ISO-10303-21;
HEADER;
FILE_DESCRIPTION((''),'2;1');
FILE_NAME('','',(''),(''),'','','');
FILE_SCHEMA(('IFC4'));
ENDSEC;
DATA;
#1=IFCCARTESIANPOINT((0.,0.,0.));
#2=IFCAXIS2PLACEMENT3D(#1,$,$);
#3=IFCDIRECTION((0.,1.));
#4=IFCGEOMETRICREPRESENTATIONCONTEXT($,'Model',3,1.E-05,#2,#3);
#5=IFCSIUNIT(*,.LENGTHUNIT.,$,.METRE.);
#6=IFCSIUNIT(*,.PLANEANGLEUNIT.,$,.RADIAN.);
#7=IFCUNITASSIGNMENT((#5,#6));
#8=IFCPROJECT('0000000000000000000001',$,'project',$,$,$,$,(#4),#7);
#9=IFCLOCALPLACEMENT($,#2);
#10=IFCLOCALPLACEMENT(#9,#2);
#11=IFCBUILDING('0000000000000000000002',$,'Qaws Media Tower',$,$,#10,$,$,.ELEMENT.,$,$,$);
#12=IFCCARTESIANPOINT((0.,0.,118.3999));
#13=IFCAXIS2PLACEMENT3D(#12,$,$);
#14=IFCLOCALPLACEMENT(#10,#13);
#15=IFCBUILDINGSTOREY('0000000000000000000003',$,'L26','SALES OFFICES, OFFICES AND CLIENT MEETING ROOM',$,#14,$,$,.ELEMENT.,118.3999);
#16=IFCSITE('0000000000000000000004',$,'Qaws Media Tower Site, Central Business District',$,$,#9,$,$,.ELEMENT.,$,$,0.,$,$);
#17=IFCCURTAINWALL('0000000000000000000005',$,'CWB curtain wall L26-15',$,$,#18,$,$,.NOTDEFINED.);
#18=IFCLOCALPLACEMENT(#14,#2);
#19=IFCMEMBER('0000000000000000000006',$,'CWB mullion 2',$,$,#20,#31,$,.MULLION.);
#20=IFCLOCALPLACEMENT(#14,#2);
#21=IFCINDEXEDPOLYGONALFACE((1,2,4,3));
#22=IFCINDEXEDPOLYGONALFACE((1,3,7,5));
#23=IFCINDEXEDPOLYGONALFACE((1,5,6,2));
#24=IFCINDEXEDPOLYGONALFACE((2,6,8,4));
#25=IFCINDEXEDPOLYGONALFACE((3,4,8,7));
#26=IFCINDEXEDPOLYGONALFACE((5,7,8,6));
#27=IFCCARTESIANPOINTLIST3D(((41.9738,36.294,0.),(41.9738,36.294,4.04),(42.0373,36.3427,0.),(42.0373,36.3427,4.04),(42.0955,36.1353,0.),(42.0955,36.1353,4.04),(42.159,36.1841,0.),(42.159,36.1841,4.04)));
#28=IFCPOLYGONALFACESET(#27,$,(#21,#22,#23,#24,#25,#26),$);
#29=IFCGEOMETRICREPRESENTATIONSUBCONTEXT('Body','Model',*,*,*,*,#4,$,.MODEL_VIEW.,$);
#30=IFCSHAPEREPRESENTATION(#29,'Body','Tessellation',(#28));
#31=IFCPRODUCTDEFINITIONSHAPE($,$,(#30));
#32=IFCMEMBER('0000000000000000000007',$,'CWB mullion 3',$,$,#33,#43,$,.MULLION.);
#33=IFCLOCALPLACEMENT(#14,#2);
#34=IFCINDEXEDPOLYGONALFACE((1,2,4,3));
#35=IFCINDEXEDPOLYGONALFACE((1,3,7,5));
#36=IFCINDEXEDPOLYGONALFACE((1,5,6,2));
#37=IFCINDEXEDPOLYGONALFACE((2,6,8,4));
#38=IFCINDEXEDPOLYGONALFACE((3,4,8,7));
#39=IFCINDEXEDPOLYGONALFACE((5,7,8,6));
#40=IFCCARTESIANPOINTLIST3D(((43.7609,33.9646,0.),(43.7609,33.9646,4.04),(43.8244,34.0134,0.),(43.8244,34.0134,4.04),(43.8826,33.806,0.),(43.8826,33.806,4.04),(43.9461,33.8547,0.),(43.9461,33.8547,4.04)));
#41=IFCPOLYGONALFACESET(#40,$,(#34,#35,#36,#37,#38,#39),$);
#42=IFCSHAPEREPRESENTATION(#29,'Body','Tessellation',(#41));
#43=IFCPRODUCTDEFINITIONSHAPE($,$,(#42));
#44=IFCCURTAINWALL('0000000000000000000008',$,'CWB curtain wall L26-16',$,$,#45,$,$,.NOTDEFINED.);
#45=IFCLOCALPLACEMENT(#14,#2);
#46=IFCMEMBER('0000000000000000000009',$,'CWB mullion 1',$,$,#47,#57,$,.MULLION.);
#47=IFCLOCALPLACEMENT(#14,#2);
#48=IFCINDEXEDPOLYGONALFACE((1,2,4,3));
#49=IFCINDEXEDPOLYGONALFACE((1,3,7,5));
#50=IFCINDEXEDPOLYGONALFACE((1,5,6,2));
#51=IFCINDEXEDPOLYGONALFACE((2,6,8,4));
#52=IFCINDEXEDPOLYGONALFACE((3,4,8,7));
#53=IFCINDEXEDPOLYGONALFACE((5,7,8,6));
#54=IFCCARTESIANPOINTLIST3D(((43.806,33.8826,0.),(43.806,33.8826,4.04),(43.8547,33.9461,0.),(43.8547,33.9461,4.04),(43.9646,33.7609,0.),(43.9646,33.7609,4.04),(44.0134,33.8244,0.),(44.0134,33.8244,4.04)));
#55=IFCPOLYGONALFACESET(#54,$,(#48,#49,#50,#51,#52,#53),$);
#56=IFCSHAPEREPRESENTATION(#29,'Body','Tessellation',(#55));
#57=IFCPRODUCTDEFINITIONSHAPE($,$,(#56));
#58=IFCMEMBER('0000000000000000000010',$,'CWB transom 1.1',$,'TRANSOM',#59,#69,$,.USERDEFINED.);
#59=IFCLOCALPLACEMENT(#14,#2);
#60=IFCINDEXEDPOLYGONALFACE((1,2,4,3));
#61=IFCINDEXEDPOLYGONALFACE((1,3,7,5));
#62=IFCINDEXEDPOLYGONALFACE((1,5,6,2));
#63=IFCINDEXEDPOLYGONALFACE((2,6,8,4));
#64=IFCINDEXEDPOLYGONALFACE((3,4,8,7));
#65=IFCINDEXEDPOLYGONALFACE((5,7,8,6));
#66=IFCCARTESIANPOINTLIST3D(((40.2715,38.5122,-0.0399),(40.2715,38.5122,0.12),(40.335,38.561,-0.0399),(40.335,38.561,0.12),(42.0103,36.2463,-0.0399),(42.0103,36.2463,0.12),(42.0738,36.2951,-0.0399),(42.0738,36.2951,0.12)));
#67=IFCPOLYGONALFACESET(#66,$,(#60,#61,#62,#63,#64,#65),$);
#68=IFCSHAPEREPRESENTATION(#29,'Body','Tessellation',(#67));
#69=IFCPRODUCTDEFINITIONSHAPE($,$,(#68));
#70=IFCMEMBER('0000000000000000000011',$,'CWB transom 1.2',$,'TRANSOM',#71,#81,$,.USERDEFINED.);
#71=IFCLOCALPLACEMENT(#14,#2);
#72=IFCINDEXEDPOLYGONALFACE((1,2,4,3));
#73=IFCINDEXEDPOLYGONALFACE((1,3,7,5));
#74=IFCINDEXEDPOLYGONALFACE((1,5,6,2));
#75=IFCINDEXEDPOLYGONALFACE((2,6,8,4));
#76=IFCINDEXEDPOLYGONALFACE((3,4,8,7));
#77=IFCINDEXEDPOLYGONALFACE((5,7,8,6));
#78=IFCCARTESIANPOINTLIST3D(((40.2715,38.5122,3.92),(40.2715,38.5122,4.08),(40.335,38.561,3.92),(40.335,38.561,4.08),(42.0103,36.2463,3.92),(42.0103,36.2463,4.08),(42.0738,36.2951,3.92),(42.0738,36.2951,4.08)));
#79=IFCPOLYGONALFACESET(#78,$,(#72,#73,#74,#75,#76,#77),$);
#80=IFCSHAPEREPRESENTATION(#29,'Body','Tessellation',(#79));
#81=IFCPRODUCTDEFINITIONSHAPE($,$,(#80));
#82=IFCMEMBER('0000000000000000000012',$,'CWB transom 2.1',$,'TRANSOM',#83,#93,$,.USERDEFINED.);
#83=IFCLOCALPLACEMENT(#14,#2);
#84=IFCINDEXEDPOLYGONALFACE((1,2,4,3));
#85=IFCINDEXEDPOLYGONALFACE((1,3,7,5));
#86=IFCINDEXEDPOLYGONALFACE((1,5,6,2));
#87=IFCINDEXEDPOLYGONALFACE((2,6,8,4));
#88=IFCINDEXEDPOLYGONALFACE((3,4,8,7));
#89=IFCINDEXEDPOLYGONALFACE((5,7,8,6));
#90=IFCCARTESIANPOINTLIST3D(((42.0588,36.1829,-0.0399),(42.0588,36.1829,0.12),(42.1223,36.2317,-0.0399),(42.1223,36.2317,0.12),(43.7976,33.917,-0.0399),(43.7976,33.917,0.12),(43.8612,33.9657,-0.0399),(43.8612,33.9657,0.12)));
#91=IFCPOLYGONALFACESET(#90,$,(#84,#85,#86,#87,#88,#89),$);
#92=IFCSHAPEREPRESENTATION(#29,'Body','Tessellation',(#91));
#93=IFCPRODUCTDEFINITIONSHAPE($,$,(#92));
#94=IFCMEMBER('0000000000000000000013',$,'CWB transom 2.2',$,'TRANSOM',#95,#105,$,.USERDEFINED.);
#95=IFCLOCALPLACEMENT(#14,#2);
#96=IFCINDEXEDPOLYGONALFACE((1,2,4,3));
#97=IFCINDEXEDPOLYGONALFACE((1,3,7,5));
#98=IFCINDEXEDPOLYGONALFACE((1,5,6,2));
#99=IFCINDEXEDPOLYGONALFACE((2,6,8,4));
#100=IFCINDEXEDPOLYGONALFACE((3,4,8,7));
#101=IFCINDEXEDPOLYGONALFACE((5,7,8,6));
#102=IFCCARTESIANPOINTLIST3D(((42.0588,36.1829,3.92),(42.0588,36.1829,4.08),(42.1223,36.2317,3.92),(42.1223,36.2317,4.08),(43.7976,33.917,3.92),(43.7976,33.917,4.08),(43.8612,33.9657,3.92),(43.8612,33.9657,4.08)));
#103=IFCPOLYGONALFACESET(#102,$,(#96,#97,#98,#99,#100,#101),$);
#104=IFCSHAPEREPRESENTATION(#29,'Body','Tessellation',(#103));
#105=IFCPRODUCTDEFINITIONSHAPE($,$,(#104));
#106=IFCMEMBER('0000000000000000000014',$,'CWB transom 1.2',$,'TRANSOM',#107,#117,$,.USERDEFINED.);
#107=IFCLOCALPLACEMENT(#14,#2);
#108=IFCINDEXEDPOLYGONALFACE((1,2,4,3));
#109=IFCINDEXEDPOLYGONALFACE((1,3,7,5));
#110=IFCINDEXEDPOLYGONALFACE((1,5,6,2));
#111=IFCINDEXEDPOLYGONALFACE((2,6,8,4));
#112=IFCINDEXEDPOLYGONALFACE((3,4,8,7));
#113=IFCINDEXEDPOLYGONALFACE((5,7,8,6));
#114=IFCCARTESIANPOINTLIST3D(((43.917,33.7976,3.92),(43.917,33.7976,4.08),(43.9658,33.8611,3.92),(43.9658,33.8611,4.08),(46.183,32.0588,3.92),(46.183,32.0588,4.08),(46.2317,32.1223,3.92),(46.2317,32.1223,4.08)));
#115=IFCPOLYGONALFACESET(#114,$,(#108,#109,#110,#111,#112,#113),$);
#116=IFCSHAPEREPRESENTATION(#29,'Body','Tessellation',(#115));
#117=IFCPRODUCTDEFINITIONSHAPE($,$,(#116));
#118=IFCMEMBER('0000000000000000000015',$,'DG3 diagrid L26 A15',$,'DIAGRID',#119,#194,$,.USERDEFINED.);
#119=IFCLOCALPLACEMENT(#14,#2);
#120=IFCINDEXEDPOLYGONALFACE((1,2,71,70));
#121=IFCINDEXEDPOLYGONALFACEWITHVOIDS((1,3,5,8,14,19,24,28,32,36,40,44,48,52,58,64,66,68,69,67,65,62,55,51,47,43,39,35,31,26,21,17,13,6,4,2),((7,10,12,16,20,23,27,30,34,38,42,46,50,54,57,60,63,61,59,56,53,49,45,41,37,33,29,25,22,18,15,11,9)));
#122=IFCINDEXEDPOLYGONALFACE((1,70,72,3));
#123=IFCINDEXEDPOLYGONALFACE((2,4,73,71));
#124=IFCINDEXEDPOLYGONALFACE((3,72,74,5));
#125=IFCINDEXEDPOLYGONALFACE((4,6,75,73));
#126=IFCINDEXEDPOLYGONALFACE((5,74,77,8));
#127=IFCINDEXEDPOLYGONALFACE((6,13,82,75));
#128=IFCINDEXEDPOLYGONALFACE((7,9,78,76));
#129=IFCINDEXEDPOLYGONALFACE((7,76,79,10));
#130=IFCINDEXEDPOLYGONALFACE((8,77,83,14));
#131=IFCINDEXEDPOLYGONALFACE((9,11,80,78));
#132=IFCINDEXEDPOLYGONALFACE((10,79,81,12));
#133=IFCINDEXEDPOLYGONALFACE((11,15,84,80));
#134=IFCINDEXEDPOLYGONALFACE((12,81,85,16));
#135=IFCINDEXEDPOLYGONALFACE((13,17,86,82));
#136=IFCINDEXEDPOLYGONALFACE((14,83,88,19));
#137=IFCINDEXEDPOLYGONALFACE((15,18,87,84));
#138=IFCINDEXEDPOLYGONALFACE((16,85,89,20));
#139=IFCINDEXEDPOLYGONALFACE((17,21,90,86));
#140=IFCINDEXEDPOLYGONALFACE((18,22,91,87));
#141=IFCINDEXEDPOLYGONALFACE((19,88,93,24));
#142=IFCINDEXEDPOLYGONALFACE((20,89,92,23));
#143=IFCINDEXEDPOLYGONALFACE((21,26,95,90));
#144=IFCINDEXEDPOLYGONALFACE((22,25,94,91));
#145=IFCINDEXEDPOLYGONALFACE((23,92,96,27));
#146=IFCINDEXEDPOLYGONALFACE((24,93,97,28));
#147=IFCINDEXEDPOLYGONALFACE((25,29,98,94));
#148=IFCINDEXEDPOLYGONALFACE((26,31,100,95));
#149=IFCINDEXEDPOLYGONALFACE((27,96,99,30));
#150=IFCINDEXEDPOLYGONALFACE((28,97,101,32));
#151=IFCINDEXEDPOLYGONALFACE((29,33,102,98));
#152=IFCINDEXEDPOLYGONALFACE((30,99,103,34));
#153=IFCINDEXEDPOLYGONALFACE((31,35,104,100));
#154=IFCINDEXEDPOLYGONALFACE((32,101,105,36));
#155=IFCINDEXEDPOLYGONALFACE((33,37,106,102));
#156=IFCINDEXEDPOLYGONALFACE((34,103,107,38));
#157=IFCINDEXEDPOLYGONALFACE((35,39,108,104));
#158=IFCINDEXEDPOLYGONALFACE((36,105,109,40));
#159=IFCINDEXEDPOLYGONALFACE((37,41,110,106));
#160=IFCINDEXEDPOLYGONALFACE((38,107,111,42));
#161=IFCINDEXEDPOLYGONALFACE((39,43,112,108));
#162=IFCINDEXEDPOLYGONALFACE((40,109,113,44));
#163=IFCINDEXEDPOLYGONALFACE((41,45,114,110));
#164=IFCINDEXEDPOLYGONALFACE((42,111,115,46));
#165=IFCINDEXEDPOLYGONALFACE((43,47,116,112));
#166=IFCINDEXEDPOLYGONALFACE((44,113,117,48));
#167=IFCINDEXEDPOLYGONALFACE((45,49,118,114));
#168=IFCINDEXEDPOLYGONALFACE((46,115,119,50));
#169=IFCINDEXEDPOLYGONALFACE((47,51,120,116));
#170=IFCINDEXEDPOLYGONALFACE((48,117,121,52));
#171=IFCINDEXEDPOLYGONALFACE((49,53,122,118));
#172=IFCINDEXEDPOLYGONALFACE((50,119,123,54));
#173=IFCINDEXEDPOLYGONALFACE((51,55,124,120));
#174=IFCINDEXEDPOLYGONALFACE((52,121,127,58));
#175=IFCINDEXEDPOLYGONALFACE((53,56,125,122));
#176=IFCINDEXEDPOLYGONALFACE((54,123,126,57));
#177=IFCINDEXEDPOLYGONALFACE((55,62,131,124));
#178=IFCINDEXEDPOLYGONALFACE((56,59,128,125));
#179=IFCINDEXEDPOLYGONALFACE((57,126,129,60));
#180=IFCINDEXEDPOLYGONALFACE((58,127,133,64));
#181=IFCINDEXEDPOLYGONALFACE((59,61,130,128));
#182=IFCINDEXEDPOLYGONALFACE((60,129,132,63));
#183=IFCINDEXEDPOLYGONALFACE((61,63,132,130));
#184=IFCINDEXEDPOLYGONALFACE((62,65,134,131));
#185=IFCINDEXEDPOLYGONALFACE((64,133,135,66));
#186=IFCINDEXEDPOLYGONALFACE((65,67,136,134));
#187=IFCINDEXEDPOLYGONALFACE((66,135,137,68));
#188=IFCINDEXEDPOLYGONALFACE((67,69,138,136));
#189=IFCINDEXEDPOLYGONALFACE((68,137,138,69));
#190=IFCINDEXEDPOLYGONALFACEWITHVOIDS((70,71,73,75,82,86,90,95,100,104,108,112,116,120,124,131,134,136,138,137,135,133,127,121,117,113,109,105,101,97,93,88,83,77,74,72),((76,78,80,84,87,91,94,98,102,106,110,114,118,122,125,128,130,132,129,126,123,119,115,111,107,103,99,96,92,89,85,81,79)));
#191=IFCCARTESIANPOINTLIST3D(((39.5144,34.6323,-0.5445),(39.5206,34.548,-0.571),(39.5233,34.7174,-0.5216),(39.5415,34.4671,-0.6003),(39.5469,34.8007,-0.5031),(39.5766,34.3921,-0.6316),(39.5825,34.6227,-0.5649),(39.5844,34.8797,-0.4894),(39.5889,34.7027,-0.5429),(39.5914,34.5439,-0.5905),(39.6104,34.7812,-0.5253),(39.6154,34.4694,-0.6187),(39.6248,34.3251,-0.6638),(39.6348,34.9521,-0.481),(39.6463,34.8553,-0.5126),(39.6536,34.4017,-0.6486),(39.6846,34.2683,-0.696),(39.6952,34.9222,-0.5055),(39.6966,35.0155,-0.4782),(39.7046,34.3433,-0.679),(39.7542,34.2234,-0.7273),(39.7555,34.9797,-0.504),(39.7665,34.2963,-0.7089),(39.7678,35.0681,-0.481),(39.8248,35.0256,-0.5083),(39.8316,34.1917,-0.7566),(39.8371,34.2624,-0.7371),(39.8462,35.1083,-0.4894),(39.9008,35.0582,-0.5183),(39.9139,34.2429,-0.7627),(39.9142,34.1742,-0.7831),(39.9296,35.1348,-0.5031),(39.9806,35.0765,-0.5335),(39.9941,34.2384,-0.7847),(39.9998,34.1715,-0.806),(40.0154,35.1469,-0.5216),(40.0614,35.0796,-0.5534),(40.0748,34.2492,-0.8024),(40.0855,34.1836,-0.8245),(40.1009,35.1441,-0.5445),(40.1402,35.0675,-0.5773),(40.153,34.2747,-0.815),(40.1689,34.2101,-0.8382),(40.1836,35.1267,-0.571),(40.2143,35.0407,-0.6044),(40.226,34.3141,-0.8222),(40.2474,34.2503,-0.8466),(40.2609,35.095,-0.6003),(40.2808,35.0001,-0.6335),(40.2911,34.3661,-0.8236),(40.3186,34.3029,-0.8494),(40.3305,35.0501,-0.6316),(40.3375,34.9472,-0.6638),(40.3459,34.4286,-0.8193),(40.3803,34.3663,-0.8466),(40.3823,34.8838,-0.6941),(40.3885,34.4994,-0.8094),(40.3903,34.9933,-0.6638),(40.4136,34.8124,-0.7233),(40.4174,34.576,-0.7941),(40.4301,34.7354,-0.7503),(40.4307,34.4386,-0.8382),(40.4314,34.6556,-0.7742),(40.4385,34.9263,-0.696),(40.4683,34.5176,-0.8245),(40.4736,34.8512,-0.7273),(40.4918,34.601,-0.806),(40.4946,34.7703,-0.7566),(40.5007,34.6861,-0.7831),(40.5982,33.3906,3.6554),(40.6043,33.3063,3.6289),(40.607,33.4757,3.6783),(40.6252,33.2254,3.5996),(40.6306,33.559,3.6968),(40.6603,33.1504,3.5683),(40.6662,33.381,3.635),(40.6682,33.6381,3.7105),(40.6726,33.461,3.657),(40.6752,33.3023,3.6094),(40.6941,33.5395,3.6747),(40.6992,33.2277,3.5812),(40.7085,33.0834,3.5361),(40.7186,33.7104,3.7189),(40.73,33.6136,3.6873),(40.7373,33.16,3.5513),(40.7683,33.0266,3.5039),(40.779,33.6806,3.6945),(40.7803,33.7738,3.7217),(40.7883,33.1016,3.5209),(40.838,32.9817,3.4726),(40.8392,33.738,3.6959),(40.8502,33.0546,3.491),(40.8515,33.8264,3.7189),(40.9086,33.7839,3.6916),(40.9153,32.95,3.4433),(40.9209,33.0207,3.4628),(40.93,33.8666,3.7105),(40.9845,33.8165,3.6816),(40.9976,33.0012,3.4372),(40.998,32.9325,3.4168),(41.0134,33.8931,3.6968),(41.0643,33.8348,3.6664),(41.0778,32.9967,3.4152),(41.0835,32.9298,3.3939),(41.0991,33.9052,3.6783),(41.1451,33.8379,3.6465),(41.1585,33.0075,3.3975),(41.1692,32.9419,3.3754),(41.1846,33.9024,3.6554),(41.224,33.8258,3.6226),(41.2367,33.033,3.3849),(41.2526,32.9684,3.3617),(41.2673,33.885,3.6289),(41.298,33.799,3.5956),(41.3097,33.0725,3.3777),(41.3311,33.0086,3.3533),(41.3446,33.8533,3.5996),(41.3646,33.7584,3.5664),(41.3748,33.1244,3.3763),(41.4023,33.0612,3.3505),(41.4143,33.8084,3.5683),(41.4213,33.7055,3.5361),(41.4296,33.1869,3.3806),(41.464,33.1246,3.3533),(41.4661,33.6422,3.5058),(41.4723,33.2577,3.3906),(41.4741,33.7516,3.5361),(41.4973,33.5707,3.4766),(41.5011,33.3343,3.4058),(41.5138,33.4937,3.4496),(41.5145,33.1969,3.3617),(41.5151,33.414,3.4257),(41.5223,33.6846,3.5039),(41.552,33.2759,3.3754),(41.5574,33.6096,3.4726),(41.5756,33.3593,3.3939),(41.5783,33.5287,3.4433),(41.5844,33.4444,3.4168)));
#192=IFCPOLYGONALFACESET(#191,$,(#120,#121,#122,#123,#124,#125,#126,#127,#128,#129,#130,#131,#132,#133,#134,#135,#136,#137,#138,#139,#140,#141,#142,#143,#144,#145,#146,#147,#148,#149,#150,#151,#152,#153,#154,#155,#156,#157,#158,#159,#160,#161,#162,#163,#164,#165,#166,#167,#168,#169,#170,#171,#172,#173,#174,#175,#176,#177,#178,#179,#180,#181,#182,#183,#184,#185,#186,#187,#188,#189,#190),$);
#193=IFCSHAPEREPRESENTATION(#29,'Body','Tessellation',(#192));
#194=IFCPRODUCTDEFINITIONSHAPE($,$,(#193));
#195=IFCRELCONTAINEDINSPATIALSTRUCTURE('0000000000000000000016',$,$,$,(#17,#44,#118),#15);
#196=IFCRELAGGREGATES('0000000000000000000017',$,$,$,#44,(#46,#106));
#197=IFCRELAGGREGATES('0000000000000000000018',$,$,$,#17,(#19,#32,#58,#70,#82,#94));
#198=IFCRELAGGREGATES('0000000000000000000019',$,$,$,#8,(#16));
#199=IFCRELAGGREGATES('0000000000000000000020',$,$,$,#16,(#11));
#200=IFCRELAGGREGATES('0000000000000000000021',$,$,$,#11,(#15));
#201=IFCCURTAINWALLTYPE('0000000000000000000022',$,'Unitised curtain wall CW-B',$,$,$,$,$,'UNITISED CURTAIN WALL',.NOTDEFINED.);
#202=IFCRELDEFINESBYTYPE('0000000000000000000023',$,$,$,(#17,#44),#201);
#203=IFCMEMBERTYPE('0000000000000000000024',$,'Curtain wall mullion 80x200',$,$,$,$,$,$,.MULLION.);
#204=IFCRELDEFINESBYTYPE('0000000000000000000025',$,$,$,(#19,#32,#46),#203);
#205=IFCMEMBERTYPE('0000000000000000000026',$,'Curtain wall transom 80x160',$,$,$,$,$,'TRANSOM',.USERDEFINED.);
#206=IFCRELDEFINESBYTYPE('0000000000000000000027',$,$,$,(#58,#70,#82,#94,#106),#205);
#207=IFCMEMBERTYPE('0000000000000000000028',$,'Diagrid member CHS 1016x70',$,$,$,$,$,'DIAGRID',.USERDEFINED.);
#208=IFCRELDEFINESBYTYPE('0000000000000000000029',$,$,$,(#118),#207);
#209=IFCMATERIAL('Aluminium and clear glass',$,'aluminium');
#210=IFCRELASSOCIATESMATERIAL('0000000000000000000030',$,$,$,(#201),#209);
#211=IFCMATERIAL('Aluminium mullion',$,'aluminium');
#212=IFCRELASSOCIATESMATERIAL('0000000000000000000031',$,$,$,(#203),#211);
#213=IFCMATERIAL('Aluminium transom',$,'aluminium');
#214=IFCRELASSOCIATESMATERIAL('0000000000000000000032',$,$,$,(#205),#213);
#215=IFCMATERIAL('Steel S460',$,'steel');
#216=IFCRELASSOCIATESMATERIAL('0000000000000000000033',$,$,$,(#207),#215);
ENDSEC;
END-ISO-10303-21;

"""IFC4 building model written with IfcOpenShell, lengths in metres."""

from ifc_helpers import new_model, si_unit, direction, frame, origin, origin_2d, place, context, subcontext, project, spatial, rectangle, hollow_circle, extrude, material, material_profile, profile_set, type_object, element, aggregate, save


model = new_model("IFC4")

# Units and contexts
model_context = context("Model", 3, precision=1e-05, world=origin(), true_north=direction((0.0, 1.0)))
body_context = subcontext(model_context, "Body", "Model", "MODEL_VIEW")
ifc_project = project(units=[si_unit("LENGTHUNIT", "METRE"), si_unit("PLANEANGLEUNIT", "RADIAN")], contexts=[model_context])

# Site, building, storey
site_placement = place(None, origin())
site = spatial("IfcSite", under=ifc_project, at=site_placement, Name="Qaws Media Tower Site, Central Business District", CompositionType="ELEMENT", RefElevation=0.0)
building_placement = place(site_placement, origin())
building = spatial("IfcBuilding", under=site, at=building_placement, Name="Qaws Media Tower", CompositionType="ELEMENT")
storey_placement = place(building_placement, frame((0.0, 0.0, 118.3999)))
storey = spatial("IfcBuildingStorey", under=building, at=storey_placement, Name="L26", Description="SALES OFFICES, OFFICES AND CLIENT MEETING ROOM", CompositionType="ELEMENT", Elevation=118.3999)

# Shared definitions
ifc_material_1 = material(Name="Aluminium and clear glass", Category="aluminium")
curtain_wall_type = type_object("IfcCurtainWallType", Name="Unitised curtain wall CW-B", ElementType="UNITISED CURTAIN WALL", PredefinedType="NOTDEFINED", material=ifc_material_1)
ifc_material_2 = material(Name="Aluminium mullion", Category="aluminium")
ifc_material_profile_1 = material_profile(ifc_material_2, rectangle(XDim=0.0801, YDim=0.2, at=origin_2d()), Name="80x200")
ifc_profile_set_1 = profile_set([ifc_material_profile_1], Name="Aluminium mullion")
member_type_1 = type_object("IfcMemberType", Name="Curtain wall mullion 80x200", PredefinedType="MULLION", material=ifc_profile_set_1)

# Curtain wall, members
curtain_wall_1_placement = place(storey_placement, origin())
curtain_wall_1 = element("IfcCurtainWall", 1, at=curtain_wall_1_placement, inside=storey, type_object=curtain_wall_type, Name="CWB curtain wall L26-15", PredefinedType="NOTDEFINED")
member_1_placement = place(storey_placement, frame((42.0664, 36.239, 0.0), z_axis=(0.0, 0.0, 1.0), x_axis=(0.793353, 0.608761, 0.0)))
member_1 = element("IfcMember", 2, at=member_1_placement, type_object=member_type_1, Name="CWB mullion 2", PredefinedType="MULLION", context=body_context, shape_type="SweptSolid", body=[
    extrude(rectangle(XDim=0.0801, YDim=0.2, at=origin_2d()), origin(), (0.0, 0.0, 1.0), 4.04),
])
member_2_placement = place(storey_placement, frame((43.8535, 33.9097, 0.0), z_axis=(0.0, 0.0, 1.0), x_axis=(0.793353, 0.608761, 0.0)))
member_2 = element("IfcMember", 3, at=member_2_placement, type_object=member_type_1, Name="CWB mullion 3", PredefinedType="MULLION", context=body_context, shape_type="SweptSolid", body=[
    extrude(rectangle(XDim=0.0801, YDim=0.2, at=origin_2d()), origin(), (0.0, 0.0, 1.0), 4.04),
])

# Curtain wall, member
curtain_wall_2_placement = place(storey_placement, origin())
curtain_wall_2 = element("IfcCurtainWall", 4, at=curtain_wall_2_placement, inside=storey, type_object=curtain_wall_type, Name="CWB curtain wall L26-16", PredefinedType="NOTDEFINED")
member_3_placement = place(storey_placement, frame((43.9097, 33.8535, 0.0), z_axis=(0.0, 0.0, 1.0), x_axis=(0.608761, 0.793353, 0.0)))
member_3 = element("IfcMember", 5, at=member_3_placement, type_object=member_type_1, Name="CWB mullion 1", PredefinedType="MULLION", context=body_context, shape_type="SweptSolid", body=[
    extrude(rectangle(XDim=0.0801, YDim=0.2, at=origin_2d()), origin(), (0.0, 0.0, 1.0), 4.04),
])

# Members
ifc_material_3 = material(Name="Aluminium transom", Category="aluminium")
ifc_material_profile_2 = material_profile(ifc_material_3, rectangle(XDim=0.0801, YDim=0.1599, at=origin_2d()), Name="80x160")
ifc_profile_set_2 = profile_set([ifc_material_profile_2], Name="Aluminium transom")
member_type_2 = type_object("IfcMemberType", Name="Curtain wall transom 80x160", ElementType="TRANSOM", PredefinedType="USERDEFINED", material=ifc_profile_set_2)
member_4_placement = place(storey_placement, frame((40.3032, 38.5366, 0.04), z_axis=(0.608785, -0.793335, 0.0), x_axis=(0.793335, 0.608785, 0.0)))
member_4 = element("IfcMember", 6, at=member_4_placement, type_object=member_type_2, Name="CWB transom 1.1", ObjectType="TRANSOM", PredefinedType="USERDEFINED", context=body_context, shape_type="SweptSolid", body=[
    extrude(rectangle(XDim=0.0801, YDim=0.1599, at=origin_2d()), origin(), (0.0, 0.0, 1.0), 2.8562),
])
member_5_placement = place(storey_placement, frame((40.3032, 38.5366, 4.0), z_axis=(0.608785, -0.793335, 0.0), x_axis=(0.793335, 0.608785, 0.0)))
member_5 = element("IfcMember", 7, at=member_5_placement, type_object=member_type_2, Name="CWB transom 1.2", ObjectType="TRANSOM", PredefinedType="USERDEFINED", context=body_context, shape_type="SweptSolid", body=[
    extrude(rectangle(XDim=0.0801, YDim=0.1599, at=origin_2d()), origin(), (0.0, 0.0, 1.0), 2.8562),
])
member_6_placement = place(storey_placement, frame((42.0906, 36.2073, 0.04), z_axis=(0.608785, -0.793335, 0.0), x_axis=(0.793335, 0.608785, 0.0)))
member_6 = element("IfcMember", 8, at=member_6_placement, type_object=member_type_2, Name="CWB transom 2.1", ObjectType="TRANSOM", PredefinedType="USERDEFINED", context=body_context, shape_type="SweptSolid", body=[
    extrude(rectangle(XDim=0.0801, YDim=0.1599, at=origin_2d()), origin(), (0.0, 0.0, 1.0), 2.8562),
])
member_7_placement = place(storey_placement, frame((42.0906, 36.2073, 4.0), z_axis=(0.608785, -0.793335, 0.0), x_axis=(0.793335, 0.608785, 0.0)))
member_7 = element("IfcMember", 9, at=member_7_placement, type_object=member_type_2, Name="CWB transom 2.2", ObjectType="TRANSOM", PredefinedType="USERDEFINED", context=body_context, shape_type="SweptSolid", body=[
    extrude(rectangle(XDim=0.0801, YDim=0.1599, at=origin_2d()), origin(), (0.0, 0.0, 1.0), 2.8562),
])
member_8_placement = place(storey_placement, frame((43.9414, 33.8293, 4.0), z_axis=(0.793335, -0.608785, 0.0), x_axis=(0.608785, 0.793335, 0.0)))
member_8 = element("IfcMember", 10, at=member_8_placement, type_object=member_type_2, Name="CWB transom 1.2", ObjectType="TRANSOM", PredefinedType="USERDEFINED", context=body_context, shape_type="SweptSolid", body=[
    extrude(rectangle(XDim=0.0801, YDim=0.1599, at=origin_2d()), origin(), (0.0, 0.0, 1.0), 2.8562),
])
aggregate(curtain_wall_2, [member_3, member_8])

# Member
ifc_material_4 = material(Name="Steel S460", Category="steel")
ifc_material_profile_3 = material_profile(ifc_material_4, hollow_circle(Radius=0.5081, WallThickness=0.0701, at=origin_2d()), Name="CHS 1016x70")
ifc_profile_set_3 = profile_set([ifc_material_profile_3], Name="Steel S460")
member_type_3 = type_object("IfcMemberType", Name="Diagrid member CHS 1016x70", ElementType="DIAGRID", PredefinedType="USERDEFINED", material=ifc_profile_set_3)
for number, where, z_axis, x_axis, name in (
    (11, (40.0076, 34.6592, -0.6638), (0.240204, -0.275214, 0.930892), (0.753402, 0.65756, 0.0), "DG3 diagrid L26 A15"),
):
    element("IfcMember", number, at=place(storey_placement, frame(where, z_axis=z_axis, x_axis=x_axis)), inside=storey, type_object=member_type_3, Name=name, ObjectType="DIAGRID", PredefinedType="USERDEFINED", context=body_context, shape_type="SweptSolid", body=[
        extrude(hollow_circle(Radius=0.5081, WallThickness=0.0701, at=origin_2d()), origin(), (0.0, 0.0, 1.0), 4.5117),
    ])

aggregate(curtain_wall_1, [member_1, member_2, member_4, member_5, member_6, member_7])

save(model, "model.ifc")
